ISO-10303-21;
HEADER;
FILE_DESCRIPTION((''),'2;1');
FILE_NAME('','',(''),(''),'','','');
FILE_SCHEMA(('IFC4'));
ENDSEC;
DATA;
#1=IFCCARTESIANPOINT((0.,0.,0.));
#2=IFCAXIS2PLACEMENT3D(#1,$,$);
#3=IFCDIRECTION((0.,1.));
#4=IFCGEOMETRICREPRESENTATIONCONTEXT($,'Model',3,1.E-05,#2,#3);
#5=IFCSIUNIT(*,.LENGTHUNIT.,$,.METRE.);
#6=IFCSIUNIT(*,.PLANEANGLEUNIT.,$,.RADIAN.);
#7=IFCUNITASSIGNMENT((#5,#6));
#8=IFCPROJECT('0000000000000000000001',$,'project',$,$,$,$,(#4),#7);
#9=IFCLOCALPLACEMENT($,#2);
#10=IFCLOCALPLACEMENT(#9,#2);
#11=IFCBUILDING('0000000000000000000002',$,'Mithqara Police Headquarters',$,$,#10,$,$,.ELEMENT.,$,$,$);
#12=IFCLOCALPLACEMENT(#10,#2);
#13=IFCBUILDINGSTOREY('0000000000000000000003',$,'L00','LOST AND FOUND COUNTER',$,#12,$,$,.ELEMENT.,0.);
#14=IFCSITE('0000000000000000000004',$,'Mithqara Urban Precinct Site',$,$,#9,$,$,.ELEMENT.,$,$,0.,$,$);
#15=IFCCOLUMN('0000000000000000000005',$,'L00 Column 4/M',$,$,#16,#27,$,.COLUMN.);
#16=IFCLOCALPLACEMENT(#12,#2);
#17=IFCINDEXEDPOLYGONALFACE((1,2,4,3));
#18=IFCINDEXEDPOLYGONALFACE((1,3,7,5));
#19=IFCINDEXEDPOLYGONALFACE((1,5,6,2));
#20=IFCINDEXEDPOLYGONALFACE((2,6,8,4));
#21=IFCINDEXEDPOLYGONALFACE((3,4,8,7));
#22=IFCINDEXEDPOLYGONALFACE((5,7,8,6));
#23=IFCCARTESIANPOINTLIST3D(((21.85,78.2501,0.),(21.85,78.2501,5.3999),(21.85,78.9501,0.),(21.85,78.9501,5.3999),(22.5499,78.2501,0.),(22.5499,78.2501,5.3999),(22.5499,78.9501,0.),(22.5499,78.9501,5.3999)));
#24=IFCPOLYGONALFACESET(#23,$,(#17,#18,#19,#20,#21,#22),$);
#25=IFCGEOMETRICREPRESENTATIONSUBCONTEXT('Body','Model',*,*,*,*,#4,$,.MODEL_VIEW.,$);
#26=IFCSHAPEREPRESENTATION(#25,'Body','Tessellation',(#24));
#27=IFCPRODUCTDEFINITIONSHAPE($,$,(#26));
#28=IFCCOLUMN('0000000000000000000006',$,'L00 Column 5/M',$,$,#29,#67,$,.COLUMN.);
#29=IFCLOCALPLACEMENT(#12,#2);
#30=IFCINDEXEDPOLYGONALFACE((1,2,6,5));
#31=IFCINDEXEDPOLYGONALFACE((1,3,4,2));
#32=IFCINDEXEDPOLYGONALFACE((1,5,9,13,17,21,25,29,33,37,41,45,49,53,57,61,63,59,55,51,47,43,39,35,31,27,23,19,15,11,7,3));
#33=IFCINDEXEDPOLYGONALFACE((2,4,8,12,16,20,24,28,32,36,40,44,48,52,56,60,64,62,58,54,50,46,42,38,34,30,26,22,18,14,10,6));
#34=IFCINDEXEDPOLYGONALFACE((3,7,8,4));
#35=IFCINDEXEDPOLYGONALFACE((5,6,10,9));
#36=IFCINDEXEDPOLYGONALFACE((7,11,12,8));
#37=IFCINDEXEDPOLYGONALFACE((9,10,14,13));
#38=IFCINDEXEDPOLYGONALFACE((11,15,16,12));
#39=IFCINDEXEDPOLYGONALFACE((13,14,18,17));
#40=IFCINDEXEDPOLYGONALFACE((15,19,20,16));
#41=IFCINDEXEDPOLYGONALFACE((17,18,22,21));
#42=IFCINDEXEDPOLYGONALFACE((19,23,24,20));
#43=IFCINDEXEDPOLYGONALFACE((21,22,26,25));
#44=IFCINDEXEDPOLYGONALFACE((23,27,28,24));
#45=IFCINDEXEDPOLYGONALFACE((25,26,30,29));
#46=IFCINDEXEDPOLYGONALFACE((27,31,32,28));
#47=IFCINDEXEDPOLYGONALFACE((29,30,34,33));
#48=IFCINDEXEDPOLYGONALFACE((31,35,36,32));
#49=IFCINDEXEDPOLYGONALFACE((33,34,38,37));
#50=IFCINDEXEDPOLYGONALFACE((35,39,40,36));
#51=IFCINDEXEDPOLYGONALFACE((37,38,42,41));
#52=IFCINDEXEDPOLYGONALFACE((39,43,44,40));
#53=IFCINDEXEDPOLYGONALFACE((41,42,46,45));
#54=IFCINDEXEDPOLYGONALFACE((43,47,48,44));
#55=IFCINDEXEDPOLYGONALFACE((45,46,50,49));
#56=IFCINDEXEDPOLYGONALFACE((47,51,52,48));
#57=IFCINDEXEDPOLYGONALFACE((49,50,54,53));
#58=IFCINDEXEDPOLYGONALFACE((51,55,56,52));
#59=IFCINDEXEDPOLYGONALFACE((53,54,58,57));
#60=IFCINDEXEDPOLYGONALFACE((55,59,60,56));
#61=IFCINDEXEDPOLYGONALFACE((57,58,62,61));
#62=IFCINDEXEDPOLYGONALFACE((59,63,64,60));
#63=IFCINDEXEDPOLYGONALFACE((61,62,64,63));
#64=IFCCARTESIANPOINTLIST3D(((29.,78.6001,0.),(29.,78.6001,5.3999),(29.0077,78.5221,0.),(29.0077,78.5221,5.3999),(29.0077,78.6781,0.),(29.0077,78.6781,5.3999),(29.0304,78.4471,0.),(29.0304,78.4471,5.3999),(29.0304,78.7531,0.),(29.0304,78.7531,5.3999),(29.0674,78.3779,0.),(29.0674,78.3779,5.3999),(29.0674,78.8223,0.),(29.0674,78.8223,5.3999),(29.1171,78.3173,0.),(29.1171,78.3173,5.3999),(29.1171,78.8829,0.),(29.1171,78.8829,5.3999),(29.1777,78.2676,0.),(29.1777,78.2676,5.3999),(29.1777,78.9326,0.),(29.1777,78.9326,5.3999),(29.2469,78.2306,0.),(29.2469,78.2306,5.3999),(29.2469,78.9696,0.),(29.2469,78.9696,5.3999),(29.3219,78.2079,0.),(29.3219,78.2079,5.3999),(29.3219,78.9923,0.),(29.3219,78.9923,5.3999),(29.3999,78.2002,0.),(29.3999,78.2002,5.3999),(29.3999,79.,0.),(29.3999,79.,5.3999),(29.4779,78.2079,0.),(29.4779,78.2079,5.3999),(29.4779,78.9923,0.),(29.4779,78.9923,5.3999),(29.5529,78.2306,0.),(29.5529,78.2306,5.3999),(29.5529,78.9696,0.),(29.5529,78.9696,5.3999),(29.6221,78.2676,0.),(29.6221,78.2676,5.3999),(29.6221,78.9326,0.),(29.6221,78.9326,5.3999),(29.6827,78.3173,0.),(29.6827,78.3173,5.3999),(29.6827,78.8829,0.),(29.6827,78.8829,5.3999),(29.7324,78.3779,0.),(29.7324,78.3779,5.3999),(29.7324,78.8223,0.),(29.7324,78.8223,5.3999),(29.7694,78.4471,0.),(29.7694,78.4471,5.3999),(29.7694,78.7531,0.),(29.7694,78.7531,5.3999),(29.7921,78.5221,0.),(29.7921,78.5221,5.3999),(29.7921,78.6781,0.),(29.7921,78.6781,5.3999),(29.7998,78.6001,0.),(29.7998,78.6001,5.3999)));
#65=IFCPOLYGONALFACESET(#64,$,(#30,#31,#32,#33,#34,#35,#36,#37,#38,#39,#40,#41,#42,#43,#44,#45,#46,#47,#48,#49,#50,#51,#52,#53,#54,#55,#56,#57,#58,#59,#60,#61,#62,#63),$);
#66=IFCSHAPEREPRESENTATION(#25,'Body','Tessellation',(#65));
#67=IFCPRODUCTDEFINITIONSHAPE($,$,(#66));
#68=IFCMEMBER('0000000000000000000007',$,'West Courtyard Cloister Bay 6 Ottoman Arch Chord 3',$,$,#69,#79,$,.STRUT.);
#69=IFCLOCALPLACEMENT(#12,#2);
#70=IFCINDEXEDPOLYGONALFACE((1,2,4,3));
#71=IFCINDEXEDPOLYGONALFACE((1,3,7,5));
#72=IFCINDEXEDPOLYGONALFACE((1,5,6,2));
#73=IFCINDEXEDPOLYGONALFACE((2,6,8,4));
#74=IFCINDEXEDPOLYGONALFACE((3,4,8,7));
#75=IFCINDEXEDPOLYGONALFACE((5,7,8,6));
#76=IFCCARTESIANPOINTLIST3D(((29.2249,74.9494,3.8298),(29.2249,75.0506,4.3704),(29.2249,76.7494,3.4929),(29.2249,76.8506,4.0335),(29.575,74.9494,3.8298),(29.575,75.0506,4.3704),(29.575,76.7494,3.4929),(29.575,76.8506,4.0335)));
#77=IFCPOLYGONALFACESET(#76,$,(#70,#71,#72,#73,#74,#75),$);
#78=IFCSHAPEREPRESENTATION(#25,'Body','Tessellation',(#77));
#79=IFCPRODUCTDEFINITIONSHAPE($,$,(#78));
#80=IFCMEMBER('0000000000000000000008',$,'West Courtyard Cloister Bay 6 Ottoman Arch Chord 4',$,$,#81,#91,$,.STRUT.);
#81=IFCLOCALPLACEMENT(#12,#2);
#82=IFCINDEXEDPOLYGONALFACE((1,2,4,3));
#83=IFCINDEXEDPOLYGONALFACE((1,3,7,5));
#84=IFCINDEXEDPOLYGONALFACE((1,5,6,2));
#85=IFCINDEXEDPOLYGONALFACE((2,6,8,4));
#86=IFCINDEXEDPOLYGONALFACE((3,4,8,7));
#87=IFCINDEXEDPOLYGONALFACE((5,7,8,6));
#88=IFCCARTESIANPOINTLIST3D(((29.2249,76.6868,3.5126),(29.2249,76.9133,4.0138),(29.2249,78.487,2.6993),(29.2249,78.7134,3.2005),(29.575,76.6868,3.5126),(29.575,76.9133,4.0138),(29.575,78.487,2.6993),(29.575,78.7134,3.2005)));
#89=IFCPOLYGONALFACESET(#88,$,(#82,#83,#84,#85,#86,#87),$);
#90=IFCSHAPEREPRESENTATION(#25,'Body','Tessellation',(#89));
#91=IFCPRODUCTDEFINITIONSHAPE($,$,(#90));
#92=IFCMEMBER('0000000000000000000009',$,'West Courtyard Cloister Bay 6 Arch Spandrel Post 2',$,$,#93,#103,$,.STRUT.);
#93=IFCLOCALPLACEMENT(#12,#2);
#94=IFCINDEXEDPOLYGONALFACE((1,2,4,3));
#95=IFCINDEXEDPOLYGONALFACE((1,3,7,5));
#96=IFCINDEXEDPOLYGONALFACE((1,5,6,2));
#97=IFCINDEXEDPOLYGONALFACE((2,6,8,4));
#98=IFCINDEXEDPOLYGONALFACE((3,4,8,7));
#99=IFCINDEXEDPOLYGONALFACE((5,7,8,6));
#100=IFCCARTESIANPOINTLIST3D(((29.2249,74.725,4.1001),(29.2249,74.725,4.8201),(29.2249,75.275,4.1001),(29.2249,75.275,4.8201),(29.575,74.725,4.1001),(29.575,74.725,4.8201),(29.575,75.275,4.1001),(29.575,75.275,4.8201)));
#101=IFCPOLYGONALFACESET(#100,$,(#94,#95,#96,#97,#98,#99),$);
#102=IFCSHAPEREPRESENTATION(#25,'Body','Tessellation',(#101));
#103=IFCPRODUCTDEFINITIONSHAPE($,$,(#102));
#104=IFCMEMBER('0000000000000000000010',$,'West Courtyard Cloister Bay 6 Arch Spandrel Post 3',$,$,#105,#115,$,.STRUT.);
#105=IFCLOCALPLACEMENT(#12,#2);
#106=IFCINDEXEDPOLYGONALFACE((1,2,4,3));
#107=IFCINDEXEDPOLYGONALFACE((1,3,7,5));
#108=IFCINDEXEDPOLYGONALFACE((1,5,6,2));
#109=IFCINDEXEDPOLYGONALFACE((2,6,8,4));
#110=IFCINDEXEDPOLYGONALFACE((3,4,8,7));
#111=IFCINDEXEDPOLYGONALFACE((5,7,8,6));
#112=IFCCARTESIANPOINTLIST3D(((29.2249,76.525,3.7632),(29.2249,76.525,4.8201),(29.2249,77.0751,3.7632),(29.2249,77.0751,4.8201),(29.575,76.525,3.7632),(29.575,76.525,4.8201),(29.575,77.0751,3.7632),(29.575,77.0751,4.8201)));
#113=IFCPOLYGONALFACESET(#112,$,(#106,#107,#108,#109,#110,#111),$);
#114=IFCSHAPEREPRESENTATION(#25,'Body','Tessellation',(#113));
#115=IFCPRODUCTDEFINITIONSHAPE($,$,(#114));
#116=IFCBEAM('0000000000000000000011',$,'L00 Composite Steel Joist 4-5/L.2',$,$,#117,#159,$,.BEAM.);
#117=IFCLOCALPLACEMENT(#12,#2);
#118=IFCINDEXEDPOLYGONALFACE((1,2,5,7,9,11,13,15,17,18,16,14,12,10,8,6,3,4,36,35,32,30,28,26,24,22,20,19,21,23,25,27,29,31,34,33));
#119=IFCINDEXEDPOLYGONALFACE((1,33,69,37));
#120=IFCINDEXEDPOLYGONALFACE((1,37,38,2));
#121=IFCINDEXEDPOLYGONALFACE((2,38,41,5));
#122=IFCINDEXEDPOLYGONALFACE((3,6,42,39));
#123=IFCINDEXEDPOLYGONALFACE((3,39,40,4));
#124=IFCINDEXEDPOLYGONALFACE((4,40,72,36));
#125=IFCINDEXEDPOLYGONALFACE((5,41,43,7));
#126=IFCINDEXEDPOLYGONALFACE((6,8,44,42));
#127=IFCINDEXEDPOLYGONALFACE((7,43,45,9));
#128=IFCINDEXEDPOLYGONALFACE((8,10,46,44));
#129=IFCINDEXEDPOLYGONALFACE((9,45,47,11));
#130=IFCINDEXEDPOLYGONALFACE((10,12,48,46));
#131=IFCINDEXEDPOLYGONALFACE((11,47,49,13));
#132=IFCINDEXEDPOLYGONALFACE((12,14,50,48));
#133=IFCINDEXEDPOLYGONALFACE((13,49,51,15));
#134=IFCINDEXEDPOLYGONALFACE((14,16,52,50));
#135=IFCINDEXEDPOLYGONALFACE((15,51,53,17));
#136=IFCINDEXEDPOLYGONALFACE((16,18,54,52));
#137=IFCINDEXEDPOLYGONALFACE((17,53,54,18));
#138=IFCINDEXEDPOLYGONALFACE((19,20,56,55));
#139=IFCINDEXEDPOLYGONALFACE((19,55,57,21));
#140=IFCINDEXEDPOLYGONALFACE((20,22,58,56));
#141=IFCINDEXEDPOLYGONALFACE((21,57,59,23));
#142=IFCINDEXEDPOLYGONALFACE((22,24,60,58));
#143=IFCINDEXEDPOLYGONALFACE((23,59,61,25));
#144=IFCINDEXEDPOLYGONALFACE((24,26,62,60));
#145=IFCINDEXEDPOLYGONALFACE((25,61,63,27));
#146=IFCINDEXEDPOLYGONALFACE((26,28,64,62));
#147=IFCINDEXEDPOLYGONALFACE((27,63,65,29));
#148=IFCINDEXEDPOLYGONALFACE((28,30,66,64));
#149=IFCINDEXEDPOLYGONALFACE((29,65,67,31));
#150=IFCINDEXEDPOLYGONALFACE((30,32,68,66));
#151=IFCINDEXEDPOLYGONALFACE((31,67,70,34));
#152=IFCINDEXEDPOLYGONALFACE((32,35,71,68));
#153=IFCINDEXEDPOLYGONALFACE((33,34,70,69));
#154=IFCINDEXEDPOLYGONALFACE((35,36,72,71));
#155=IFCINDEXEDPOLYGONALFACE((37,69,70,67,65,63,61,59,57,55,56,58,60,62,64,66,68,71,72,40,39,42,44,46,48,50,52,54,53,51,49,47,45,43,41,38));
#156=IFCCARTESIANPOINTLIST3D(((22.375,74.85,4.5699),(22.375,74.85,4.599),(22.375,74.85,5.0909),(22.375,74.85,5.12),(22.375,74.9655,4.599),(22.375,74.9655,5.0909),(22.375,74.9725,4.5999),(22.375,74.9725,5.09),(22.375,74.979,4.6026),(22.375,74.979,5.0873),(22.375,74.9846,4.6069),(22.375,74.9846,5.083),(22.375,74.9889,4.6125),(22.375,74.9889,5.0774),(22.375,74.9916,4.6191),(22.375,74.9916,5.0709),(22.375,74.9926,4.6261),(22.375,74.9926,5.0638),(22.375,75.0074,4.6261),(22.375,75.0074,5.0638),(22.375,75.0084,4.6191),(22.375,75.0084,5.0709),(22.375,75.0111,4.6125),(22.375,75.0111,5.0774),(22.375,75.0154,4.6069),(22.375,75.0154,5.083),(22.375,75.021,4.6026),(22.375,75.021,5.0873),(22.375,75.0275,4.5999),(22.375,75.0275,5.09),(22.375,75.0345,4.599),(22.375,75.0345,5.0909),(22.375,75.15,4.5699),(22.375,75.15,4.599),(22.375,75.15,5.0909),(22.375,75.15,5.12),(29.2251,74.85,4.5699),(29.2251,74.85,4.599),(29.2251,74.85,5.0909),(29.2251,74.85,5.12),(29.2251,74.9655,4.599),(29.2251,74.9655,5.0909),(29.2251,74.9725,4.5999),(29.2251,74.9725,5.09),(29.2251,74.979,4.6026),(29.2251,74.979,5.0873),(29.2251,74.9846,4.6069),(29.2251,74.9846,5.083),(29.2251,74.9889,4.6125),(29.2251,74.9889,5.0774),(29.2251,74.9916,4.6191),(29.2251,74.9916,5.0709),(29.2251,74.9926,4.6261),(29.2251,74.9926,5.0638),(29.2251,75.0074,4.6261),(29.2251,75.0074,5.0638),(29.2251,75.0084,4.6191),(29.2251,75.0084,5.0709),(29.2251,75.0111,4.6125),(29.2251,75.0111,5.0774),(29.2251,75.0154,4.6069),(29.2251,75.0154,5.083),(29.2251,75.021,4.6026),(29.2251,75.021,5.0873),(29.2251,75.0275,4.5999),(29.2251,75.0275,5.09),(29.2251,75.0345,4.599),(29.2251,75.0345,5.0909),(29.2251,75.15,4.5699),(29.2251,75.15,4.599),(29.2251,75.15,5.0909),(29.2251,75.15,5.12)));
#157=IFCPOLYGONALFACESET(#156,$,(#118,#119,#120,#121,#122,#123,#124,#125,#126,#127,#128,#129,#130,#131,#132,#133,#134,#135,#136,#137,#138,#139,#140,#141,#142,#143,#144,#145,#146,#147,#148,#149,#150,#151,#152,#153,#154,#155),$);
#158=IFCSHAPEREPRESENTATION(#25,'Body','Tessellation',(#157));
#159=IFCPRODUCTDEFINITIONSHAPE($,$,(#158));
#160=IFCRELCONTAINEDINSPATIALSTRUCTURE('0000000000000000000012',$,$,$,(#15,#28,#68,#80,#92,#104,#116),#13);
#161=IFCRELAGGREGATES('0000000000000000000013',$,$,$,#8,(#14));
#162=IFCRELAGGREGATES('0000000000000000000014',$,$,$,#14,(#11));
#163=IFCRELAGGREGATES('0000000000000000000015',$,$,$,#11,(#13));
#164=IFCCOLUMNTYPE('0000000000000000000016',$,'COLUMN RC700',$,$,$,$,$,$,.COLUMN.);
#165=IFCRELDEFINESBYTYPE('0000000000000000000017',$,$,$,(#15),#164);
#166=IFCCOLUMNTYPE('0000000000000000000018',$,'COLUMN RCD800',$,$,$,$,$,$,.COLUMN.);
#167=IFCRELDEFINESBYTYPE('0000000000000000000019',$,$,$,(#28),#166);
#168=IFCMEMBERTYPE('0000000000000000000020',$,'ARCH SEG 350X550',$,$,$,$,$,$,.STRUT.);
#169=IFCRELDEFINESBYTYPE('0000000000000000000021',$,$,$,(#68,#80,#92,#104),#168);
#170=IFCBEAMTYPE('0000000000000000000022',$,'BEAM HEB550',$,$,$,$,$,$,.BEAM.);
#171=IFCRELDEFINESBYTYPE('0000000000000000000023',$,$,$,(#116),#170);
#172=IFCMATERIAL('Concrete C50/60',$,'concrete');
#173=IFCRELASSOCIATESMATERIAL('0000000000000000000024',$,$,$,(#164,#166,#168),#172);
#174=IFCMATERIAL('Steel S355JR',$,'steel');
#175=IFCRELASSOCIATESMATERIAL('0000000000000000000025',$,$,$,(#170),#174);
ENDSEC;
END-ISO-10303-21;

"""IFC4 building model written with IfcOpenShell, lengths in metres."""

from ifc_helpers import new_model, si_unit, direction, frame, origin, origin_2d, place, context, subcontext, project, spatial, rectangle, circle, i_section, extrude, material, material_profile, profile_set, type_object, element, save


model = new_model("IFC4")

# Units and contexts
model_context = context("Model", 3, precision=1e-05, world=origin(), true_north=direction((0.0, 1.0)))
body_context = subcontext(model_context, "Body", "Model", "MODEL_VIEW")
ifc_project = project(units=[si_unit("LENGTHUNIT", "METRE"), si_unit("PLANEANGLEUNIT", "RADIAN")], contexts=[model_context])

# Site, building, storey
site_placement = place(None, origin())
site = spatial("IfcSite", under=ifc_project, at=site_placement, Name="Mithqara Urban Precinct Site", CompositionType="ELEMENT", RefElevation=0.0)
building_placement = place(site_placement, origin())
building = spatial("IfcBuilding", under=site, at=building_placement, Name="Mithqara Police Headquarters", CompositionType="ELEMENT")
storey_placement = place(building_placement, origin())
storey = spatial("IfcBuildingStorey", under=building, at=storey_placement, Name="L00", Description="LOST AND FOUND COUNTER", CompositionType="ELEMENT", Elevation=0.0)

# Columns
ifc_material_1 = material(Name="Concrete C50/60", Category="concrete")
ifc_material_profile_1 = material_profile(ifc_material_1, rectangle(XDim=0.7, YDim=0.7, at=origin_2d()), Name="RC 700x700")
ifc_profile_set_1 = profile_set([ifc_material_profile_1], Name="Concrete C50/60")
column_type_1 = type_object("IfcColumnType", Name="COLUMN RC700", PredefinedType="COLUMN", material=ifc_profile_set_1)
column_1_placement = place(storey_placement, frame((22.2, 78.6001, 0.0), z_axis=(0.0, 0.0, 1.0), x_axis=(1.0, 0.0, 0.0)))
element("IfcColumn", 1, at=column_1_placement, inside=storey, type_object=column_type_1, Name="L00 Column 4/M", PredefinedType="COLUMN", context=body_context, shape_type="SweptSolid", body=[
    extrude(rectangle(XDim=0.7, YDim=0.7, at=origin_2d()), origin(), (0.0, 0.0, 1.0), 5.3999),
])
ifc_material_profile_2 = material_profile(ifc_material_1, circle(Radius=0.3999, at=origin_2d()), Name="RCD 800")
ifc_profile_set_2 = profile_set([ifc_material_profile_2], Name="Concrete C50/60")
column_type_2 = type_object("IfcColumnType", Name="COLUMN RCD800", PredefinedType="COLUMN", material=ifc_profile_set_2)
column_2_placement = place(storey_placement, frame((29.3999, 78.6001, 0.0), z_axis=(0.0, 0.0, 1.0), x_axis=(1.0, 0.0, 0.0)))
element("IfcColumn", 2, at=column_2_placement, inside=storey, type_object=column_type_2, Name="L00 Column 5/M", PredefinedType="COLUMN", context=body_context, shape_type="SweptSolid", body=[
    extrude(circle(Radius=0.3999, at=origin_2d()), origin(), (0.0, 0.0, 1.0), 5.3999),
])

# Members
ifc_material_profile_3 = material_profile(ifc_material_1, rectangle(XDim=0.3501, YDim=0.55, at=origin_2d()), Name="ARC 350x550")
ifc_profile_set_3 = profile_set([ifc_material_profile_3], Name="Concrete C50/60")
member_type_1 = type_object("IfcMemberType", Name="ARCH SEG 350X550", PredefinedType="STRUT", material=ifc_profile_set_3)
member_1_placement = place(storey_placement, frame((29.3999, 75.0, 4.1001), z_axis=(0.0, 0.982931, -0.183975), x_axis=(-1.0, 0.0, 0.0)))
element("IfcMember", 3, at=member_1_placement, inside=storey, type_object=member_type_1, Name="West Courtyard Cloister Bay 6 Ottoman Arch Chord 3", PredefinedType="STRUT", context=body_context, shape_type="SweptSolid", body=[
    extrude(rectangle(XDim=0.3501, YDim=0.55, at=origin_2d()), origin(), (0.0, 0.0, 1.0), 1.8313),
])
member_2_placement = place(storey_placement, frame((29.3999, 76.8, 3.7632), z_axis=(0.0, 0.911312, -0.411716), x_axis=(-1.0, 0.0, 0.0)))
element("IfcMember", 4, at=member_2_placement, inside=storey, type_object=member_type_1, Name="West Courtyard Cloister Bay 6 Ottoman Arch Chord 4", PredefinedType="STRUT", context=body_context, shape_type="SweptSolid", body=[
    extrude(rectangle(XDim=0.3501, YDim=0.55, at=origin_2d()), origin(), (0.0, 0.0, 1.0), 1.9753),
])
member_3_placement = place(storey_placement, frame((29.3999, 75.0, 4.1001), z_axis=(0.0, 0.0, 1.0), x_axis=(1.0, 0.0, 0.0)))
element("IfcMember", 5, at=member_3_placement, inside=storey, type_object=member_type_1, Name="West Courtyard Cloister Bay 6 Arch Spandrel Post 2", PredefinedType="STRUT", context=body_context, shape_type="SweptSolid", body=[
    extrude(rectangle(XDim=0.3501, YDim=0.55, at=origin_2d()), origin(), (0.0, 0.0, 1.0), 0.72),
])
member_4_placement = place(storey_placement, frame((29.3999, 76.8, 3.7632), z_axis=(0.0, 0.0, 1.0), x_axis=(1.0, 0.0, 0.0)))
element("IfcMember", 6, at=member_4_placement, inside=storey, type_object=member_type_1, Name="West Courtyard Cloister Bay 6 Arch Spandrel Post 3", PredefinedType="STRUT", context=body_context, shape_type="SweptSolid", body=[
    extrude(rectangle(XDim=0.3501, YDim=0.55, at=origin_2d()), origin(), (0.0, 0.0, 1.0), 1.0569),
])

# Beam
ifc_material_2 = material(Name="Steel S355JR", Category="steel")
ifc_material_profile_4 = material_profile(ifc_material_2, i_section(OverallWidth=0.3, OverallDepth=0.55, WebThickness=0.0149, FlangeThickness=0.0291, FilletRadius=0.0271, at=origin_2d()), Name="HEB 550")
ifc_profile_set_4 = profile_set([ifc_material_profile_4], Name="Steel S355JR")
beam_type_1 = type_object("IfcBeamType", Name="BEAM HEB550", PredefinedType="BEAM", material=ifc_profile_set_4)
for number, where, z_axis, x_axis, name in (
    (7, (22.375, 75.0, 4.845), (1.0, 0.0, 0.0), (0.0, 1.0, 0.0), "L00 Composite Steel Joist 4-5/L.2"),
):
    element("IfcBeam", number, at=place(storey_placement, frame(where, z_axis=z_axis, x_axis=x_axis)), inside=storey, type_object=beam_type_1, Name=name, PredefinedType="BEAM", context=body_context, shape_type="SweptSolid", body=[
        extrude(i_section(OverallWidth=0.3, OverallDepth=0.55, WebThickness=0.0149, FlangeThickness=0.0291, FilletRadius=0.0271, at=origin_2d()), origin(), (0.0, 0.0, 1.0), 6.8501),
    ])

save(model, "model.ifc")
